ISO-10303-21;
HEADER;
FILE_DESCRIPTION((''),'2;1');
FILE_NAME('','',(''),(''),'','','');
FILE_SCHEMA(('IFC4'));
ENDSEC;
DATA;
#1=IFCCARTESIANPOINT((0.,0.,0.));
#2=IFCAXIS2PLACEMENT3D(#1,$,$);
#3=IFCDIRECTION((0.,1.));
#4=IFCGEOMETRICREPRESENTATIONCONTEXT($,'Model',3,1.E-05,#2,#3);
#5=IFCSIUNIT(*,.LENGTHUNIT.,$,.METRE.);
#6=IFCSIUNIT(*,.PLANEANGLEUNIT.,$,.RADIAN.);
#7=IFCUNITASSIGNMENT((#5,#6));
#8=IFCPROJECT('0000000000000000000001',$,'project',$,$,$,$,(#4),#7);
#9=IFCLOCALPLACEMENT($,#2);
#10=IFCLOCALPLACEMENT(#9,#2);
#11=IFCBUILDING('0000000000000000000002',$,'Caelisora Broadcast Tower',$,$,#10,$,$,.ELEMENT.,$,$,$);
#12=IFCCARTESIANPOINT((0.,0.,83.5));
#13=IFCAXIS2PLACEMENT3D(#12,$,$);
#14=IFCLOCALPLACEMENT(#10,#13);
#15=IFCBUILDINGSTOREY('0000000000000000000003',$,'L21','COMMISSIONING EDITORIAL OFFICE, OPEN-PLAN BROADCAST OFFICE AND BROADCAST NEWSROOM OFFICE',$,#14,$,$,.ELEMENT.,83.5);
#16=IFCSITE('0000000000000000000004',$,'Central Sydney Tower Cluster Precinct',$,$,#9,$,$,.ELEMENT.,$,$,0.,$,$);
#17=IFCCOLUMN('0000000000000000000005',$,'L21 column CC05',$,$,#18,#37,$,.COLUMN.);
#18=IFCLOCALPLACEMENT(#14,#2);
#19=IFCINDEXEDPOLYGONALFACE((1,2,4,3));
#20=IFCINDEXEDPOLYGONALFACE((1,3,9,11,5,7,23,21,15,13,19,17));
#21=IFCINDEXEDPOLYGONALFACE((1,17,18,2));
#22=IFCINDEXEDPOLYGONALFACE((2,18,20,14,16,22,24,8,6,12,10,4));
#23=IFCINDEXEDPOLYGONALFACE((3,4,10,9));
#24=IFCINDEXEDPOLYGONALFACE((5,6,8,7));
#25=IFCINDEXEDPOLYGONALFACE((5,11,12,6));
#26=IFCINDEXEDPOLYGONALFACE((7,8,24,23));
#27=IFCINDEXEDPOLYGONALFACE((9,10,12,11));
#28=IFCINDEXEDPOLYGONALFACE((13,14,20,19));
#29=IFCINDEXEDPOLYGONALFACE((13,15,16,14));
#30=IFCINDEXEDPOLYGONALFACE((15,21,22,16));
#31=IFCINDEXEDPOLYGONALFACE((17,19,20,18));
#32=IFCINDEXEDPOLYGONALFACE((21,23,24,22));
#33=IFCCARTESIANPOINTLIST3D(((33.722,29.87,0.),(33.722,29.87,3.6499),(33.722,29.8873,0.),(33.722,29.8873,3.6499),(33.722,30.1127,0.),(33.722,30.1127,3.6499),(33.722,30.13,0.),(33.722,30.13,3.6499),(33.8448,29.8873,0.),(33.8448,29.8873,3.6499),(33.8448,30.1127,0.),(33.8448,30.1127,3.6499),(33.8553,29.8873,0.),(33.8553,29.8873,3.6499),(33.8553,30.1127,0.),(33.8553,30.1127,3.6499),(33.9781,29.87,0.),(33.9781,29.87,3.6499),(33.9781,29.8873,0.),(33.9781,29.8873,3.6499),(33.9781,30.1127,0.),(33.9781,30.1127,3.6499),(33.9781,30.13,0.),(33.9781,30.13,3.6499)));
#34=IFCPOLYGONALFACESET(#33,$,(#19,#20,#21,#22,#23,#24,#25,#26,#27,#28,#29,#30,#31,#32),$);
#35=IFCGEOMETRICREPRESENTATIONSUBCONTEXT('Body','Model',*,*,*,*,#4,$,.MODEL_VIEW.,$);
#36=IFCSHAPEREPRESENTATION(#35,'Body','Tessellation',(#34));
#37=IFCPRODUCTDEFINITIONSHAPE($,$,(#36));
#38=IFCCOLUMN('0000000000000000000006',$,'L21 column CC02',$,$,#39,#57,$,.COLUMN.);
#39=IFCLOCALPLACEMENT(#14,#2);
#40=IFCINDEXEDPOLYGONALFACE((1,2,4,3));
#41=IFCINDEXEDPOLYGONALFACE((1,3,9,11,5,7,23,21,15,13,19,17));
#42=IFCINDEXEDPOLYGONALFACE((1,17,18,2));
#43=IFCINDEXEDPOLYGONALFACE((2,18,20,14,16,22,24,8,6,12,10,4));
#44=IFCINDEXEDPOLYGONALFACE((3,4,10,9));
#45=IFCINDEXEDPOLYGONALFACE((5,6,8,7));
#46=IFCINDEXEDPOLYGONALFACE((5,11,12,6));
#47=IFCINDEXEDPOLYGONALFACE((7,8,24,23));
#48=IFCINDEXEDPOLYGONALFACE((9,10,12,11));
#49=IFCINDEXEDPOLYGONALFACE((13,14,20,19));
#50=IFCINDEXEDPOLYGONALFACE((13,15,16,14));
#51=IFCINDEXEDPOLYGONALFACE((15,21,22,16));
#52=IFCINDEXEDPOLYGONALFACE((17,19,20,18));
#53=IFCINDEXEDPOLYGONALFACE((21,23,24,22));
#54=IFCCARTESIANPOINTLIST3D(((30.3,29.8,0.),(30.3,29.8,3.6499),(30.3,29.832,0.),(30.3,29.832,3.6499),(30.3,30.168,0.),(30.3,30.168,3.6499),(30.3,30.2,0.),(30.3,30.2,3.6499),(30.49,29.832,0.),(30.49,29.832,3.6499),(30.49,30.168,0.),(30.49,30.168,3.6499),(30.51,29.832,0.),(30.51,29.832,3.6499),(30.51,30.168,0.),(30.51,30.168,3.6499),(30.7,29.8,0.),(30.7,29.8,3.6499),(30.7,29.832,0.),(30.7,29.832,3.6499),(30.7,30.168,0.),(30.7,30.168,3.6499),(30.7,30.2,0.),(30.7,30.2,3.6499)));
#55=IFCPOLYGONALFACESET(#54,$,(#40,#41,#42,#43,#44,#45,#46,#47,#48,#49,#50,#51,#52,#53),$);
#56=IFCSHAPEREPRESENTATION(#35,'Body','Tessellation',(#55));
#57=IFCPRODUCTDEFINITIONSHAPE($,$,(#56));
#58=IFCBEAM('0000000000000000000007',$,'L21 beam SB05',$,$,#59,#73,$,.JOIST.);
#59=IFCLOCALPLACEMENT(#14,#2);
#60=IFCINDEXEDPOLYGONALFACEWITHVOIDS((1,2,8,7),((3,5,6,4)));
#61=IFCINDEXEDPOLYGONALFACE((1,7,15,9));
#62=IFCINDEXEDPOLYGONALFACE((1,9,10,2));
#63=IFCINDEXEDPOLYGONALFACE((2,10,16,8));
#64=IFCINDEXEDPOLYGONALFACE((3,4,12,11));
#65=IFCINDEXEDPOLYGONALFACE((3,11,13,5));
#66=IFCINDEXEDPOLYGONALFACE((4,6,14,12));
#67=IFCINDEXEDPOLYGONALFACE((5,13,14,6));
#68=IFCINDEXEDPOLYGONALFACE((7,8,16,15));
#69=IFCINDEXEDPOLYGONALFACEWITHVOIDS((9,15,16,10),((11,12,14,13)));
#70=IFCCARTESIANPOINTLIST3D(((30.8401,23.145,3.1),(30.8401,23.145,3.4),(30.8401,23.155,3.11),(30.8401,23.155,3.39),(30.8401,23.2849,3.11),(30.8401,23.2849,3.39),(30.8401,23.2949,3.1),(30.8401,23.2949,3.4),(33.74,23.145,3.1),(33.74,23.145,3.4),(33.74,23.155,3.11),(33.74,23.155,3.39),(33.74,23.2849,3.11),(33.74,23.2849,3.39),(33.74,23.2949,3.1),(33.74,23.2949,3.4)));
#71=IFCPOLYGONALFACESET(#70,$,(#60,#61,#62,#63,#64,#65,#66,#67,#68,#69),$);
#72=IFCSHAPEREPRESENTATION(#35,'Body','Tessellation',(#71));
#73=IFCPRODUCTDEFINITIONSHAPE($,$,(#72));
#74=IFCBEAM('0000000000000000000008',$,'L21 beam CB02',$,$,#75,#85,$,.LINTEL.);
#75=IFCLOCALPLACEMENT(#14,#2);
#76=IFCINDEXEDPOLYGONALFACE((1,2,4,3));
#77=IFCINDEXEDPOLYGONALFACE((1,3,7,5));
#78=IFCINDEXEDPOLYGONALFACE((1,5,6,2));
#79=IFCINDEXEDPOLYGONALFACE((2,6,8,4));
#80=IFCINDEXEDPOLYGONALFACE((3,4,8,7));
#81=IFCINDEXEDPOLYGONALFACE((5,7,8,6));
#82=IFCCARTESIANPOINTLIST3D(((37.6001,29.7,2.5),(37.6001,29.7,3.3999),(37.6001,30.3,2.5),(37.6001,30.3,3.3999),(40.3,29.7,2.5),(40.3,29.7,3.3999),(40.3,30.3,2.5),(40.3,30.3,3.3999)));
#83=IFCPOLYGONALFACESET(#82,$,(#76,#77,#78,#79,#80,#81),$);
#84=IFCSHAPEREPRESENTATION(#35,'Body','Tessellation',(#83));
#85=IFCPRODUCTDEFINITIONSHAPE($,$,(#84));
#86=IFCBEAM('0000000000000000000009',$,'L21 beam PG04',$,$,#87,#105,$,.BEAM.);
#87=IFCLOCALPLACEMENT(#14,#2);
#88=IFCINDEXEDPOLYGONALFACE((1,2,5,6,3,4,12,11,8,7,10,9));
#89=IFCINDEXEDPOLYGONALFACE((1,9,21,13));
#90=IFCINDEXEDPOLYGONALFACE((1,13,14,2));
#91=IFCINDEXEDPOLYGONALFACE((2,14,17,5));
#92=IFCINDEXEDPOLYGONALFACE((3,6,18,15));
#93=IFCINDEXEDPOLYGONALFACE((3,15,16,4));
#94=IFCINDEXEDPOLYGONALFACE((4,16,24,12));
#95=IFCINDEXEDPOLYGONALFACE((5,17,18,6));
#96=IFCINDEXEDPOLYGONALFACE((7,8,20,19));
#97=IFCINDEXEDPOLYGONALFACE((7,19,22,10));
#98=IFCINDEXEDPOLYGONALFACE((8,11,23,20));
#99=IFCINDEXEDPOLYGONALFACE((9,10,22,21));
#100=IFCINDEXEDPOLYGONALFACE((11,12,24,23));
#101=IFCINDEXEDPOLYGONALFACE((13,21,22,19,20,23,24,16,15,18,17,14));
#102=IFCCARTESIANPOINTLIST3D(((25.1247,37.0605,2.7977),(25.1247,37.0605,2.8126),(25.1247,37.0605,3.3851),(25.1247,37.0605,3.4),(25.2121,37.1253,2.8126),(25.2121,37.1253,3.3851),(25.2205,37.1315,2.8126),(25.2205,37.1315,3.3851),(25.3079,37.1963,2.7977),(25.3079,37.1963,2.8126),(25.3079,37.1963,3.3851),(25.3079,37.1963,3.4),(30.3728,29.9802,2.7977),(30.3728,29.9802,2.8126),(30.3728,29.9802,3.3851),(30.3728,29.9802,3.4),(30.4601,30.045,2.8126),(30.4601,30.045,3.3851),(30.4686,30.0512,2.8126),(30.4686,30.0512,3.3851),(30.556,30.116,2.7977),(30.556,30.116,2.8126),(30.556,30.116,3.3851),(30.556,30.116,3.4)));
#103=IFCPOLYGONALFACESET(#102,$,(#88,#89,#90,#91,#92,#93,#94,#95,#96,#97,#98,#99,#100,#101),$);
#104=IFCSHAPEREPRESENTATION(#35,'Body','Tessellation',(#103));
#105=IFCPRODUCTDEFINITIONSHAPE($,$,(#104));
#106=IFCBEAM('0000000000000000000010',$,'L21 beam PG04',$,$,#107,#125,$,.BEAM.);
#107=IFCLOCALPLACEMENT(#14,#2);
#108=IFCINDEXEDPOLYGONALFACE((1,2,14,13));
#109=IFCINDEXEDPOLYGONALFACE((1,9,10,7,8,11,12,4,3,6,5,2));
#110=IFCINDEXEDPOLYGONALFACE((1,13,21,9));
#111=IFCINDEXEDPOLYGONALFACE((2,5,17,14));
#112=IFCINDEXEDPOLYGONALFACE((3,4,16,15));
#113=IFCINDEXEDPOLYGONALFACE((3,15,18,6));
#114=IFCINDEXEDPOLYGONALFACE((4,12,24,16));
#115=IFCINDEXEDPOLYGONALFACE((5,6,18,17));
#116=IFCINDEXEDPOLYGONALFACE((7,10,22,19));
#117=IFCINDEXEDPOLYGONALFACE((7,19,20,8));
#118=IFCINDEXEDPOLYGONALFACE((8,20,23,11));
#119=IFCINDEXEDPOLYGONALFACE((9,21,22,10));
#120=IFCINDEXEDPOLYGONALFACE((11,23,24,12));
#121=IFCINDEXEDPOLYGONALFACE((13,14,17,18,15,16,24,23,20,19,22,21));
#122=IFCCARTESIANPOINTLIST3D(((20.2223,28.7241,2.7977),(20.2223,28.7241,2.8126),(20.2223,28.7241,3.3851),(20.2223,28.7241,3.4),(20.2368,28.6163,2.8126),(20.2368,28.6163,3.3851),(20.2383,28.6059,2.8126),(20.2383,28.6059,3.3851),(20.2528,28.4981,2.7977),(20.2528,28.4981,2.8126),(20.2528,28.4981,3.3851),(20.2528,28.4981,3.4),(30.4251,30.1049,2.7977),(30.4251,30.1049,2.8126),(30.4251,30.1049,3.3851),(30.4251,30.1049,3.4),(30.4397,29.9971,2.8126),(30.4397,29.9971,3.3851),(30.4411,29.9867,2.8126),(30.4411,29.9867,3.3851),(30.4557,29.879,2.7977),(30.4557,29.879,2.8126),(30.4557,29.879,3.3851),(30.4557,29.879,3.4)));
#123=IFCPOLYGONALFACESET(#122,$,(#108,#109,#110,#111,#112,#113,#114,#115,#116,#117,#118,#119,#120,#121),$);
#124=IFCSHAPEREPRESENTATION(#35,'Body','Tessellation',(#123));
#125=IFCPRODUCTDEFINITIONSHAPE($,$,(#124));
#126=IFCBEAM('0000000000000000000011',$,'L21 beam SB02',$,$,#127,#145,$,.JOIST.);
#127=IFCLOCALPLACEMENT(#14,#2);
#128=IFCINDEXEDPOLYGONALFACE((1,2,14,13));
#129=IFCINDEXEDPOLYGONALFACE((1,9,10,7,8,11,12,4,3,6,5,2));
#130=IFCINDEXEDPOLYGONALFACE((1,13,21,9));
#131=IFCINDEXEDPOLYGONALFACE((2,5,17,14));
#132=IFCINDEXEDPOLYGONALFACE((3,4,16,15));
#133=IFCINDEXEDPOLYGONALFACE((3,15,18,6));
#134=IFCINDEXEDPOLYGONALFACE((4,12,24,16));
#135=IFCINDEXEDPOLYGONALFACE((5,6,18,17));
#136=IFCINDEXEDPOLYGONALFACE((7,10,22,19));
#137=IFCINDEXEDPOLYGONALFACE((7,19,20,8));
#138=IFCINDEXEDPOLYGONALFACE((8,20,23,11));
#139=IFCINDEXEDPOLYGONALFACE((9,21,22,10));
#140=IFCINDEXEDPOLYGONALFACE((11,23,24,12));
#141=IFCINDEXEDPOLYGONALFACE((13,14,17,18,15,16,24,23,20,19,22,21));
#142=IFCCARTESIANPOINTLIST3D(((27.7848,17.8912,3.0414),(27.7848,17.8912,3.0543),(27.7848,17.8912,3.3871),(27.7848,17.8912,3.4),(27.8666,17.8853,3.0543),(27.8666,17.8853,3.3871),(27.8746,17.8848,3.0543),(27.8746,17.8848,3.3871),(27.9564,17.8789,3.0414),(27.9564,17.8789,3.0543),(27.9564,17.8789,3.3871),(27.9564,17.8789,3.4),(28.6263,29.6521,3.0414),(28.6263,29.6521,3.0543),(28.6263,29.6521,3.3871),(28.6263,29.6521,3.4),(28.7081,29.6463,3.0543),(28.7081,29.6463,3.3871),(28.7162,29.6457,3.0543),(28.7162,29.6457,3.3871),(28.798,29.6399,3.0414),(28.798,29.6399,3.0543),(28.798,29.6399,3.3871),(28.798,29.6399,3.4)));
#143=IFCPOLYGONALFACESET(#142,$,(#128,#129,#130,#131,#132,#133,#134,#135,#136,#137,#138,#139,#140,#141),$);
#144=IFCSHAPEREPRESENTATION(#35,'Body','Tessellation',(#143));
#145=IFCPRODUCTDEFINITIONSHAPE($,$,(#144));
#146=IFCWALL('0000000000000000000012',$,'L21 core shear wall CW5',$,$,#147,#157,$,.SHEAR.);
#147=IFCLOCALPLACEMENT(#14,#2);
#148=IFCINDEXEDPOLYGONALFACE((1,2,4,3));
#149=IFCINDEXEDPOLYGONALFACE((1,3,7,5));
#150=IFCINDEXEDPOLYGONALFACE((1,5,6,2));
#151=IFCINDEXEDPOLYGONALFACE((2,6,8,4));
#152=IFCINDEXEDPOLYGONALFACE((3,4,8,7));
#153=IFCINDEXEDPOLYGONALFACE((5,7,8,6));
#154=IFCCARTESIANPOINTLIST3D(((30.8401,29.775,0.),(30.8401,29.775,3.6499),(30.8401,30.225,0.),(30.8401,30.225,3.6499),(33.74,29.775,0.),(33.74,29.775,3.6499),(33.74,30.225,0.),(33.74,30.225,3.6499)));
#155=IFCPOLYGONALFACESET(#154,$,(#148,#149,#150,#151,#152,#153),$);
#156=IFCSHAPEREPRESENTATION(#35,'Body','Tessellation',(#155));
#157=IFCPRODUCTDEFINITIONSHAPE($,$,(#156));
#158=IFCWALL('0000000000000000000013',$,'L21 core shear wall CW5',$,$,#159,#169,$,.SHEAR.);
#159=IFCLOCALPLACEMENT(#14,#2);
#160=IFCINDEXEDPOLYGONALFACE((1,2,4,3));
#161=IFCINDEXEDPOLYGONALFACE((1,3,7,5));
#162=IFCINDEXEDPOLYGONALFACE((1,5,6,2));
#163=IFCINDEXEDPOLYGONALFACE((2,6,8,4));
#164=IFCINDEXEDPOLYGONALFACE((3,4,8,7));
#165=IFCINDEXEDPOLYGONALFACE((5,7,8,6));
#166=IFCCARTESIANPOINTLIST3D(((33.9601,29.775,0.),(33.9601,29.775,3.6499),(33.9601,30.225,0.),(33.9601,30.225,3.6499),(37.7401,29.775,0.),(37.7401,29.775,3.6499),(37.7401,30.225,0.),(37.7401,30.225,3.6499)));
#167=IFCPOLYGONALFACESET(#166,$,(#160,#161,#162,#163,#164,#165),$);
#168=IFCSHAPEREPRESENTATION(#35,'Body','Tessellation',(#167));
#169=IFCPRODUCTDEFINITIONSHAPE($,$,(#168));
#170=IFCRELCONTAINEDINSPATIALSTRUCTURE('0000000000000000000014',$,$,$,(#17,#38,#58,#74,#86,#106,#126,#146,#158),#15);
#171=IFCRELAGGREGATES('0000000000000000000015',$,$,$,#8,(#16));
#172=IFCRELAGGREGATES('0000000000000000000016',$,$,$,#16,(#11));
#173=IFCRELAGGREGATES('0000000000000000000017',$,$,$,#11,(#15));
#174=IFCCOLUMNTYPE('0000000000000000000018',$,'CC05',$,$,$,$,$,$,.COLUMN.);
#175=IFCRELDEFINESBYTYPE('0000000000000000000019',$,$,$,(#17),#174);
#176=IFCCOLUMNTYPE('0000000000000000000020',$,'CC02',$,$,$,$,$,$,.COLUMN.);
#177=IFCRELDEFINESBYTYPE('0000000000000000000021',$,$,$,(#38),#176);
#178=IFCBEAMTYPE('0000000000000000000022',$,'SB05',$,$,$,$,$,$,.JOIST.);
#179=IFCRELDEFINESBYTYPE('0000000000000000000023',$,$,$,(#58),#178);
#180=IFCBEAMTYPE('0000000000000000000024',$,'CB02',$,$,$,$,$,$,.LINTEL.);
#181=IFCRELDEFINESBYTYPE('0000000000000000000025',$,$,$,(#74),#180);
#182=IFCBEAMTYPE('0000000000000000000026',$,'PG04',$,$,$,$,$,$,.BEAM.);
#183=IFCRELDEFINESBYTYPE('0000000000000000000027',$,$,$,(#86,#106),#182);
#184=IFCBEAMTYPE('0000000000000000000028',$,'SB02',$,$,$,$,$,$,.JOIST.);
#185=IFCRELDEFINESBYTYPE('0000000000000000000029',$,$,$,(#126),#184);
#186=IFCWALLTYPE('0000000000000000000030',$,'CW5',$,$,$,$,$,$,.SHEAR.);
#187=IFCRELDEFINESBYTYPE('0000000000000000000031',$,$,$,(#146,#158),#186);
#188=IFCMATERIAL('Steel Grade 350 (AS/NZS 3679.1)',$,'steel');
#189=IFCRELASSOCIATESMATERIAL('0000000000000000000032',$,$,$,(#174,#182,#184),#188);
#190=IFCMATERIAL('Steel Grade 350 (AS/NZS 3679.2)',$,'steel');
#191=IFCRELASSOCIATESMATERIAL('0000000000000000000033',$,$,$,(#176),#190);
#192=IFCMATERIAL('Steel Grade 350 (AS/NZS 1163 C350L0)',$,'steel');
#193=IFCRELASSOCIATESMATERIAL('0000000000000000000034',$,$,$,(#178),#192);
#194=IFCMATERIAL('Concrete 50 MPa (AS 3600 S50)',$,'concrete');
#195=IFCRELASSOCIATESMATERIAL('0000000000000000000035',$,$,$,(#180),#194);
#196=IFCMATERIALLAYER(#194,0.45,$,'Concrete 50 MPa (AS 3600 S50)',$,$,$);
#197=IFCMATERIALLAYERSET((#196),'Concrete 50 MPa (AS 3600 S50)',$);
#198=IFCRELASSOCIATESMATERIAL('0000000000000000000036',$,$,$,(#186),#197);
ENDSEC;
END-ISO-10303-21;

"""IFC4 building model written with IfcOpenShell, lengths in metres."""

from ifc_helpers import new_model, si_unit, direction, frame, frame_2d, origin, origin_2d, place, context, subcontext, project, spatial, rectangle, hollow_rectangle, i_section, extrude, source, transform, mapped, material, layer, layer_set, material_profile, profile_set, type_object, type_shapes, element, save


model = new_model("IFC4")

# Units and contexts
model_context = context("Model", 3, precision=1e-05, world=origin(), true_north=direction((0.0, 1.0)))
body_context = subcontext(model_context, "Body", "Model", "MODEL_VIEW")
ifc_project = project(units=[si_unit("LENGTHUNIT", "METRE"), si_unit("PLANEANGLEUNIT", "RADIAN")], contexts=[model_context])

# Site, building, storey
site_placement = place(None, origin())
site = spatial("IfcSite", under=ifc_project, at=site_placement, Name="Central Sydney Tower Cluster Precinct", CompositionType="ELEMENT", RefElevation=0.0)
building_placement = place(site_placement, origin())
building = spatial("IfcBuilding", under=site, at=building_placement, Name="Caelisora Broadcast Tower", CompositionType="ELEMENT")
storey_placement = place(building_placement, frame((0.0, 0.0, 83.5)))
storey = spatial("IfcBuildingStorey", under=building, at=storey_placement, Name="L21", Description="COMMISSIONING EDITORIAL OFFICE, OPEN-PLAN BROADCAST OFFICE AND BROADCAST NEWSROOM OFFICE", CompositionType="ELEMENT", Elevation=83.5)

# Columns
ifc_material_1 = material(Name="Steel Grade 350 (AS/NZS 3679.1)", Category="steel")
ifc_material_profile_1 = material_profile(ifc_material_1, i_section(OverallWidth=0.2561, OverallDepth=0.26, WebThickness=0.0105, FlangeThickness=0.0173, at=origin_2d()), Name="Steel Grade 350 (AS/NZS 3679.1)")
ifc_profile_set_1 = profile_set([ifc_material_profile_1], Name="Steel Grade 350 (AS/NZS 3679.1)")
column_type_1 = type_object("IfcColumnType", Name="CC05", PredefinedType="COLUMN", material=ifc_profile_set_1)
shared_shape_1 = source(origin(), body_context, "Body", "SweptSolid", [
    extrude(i_section(OverallWidth=0.2561, OverallDepth=0.26, WebThickness=0.0105, FlangeThickness=0.0173, at=origin_2d()), origin(), (0.0, 0.0, 1.0), 3.6499),
])
type_shapes(column_type_1, [shared_shape_1])
column_1_placement = place(storey_placement, frame((33.8501, 30.0, 0.0), z_axis=(0.0, 0.0, 1.0), x_axis=(1.0, 0.0, 0.0)))
element("IfcColumn", 1, at=column_1_placement, inside=storey, type_object=column_type_1, Name="L21 column CC05", PredefinedType="COLUMN", context=body_context, shape_type="MappedRepresentation", body=[
    mapped(shared_shape_1, transform((0.0, 0.0, 0.0), scale=1.0)),
])
ifc_material_2 = material(Name="Steel Grade 350 (AS/NZS 3679.2)", Category="steel")
ifc_material_profile_2 = material_profile(ifc_material_2, i_section(OverallWidth=0.3999, OverallDepth=0.3999, WebThickness=0.02, FlangeThickness=0.032, at=origin_2d()), Name="Steel Grade 350 (AS/NZS 3679.2)")
ifc_profile_set_2 = profile_set([ifc_material_profile_2], Name="Steel Grade 350 (AS/NZS 3679.2)")
column_type_2 = type_object("IfcColumnType", Name="CC02", PredefinedType="COLUMN", material=ifc_profile_set_2)
shared_shape_2 = source(origin(), body_context, "Body", "SweptSolid", [
    extrude(i_section(OverallWidth=0.3999, OverallDepth=0.3999, WebThickness=0.02, FlangeThickness=0.032, at=origin_2d()), origin(), (0.0, 0.0, 1.0), 3.6499),
])
type_shapes(column_type_2, [shared_shape_2])
column_2_placement = place(storey_placement, frame((30.5, 30.0, 0.0), z_axis=(0.0, 0.0, 1.0), x_axis=(1.0, 0.0, 0.0)))
element("IfcColumn", 2, at=column_2_placement, inside=storey, type_object=column_type_2, Name="L21 column CC02", PredefinedType="COLUMN", context=body_context, shape_type="MappedRepresentation", body=[
    mapped(shared_shape_2, transform((0.0, 0.0, 0.0), scale=1.0)),
])

# Beams
ifc_material_3 = material(Name="Steel Grade 350 (AS/NZS 1163 C350L0)", Category="steel")
ifc_material_profile_3 = material_profile(ifc_material_3, hollow_rectangle(XDim=0.1499, YDim=0.3, WallThickness=0.01, at=origin_2d()), Name="Steel Grade 350 (AS/NZS 1163 C350L0)")
ifc_profile_set_3 = profile_set([ifc_material_profile_3], Name="Steel Grade 350 (AS/NZS 1163 C350L0)")
beam_type_1 = type_object("IfcBeamType", Name="SB05", PredefinedType="JOIST", material=ifc_profile_set_3)
shared_shape_3 = source(origin(), body_context, "Body", "SweptSolid", [
    extrude(hollow_rectangle(XDim=0.1499, YDim=0.3, WallThickness=0.01, at=origin_2d()), origin(), (0.0, 0.0, 1.0), 2.8999),
])
type_shapes(beam_type_1, [shared_shape_3])
beam_1_placement = place(storey_placement, frame((30.8401, 23.22, 3.25), z_axis=(1.0, 0.0, 0.0), x_axis=(0.0, 1.0, 0.0)))
element("IfcBeam", 3, at=beam_1_placement, inside=storey, type_object=beam_type_1, Name="L21 beam SB05", PredefinedType="JOIST", context=body_context, shape_type="MappedRepresentation", body=[
    mapped(shared_shape_3, transform((0.0, 0.0, 0.0), scale=1.0)),
])
ifc_material_4 = material(Name="Concrete 50 MPa (AS 3600 S50)", Category="concrete")
ifc_material_profile_4 = material_profile(ifc_material_4, rectangle(XDim=0.6001, YDim=0.8999, at=origin_2d()), Name="Concrete 50 MPa (AS 3600 S50)")
ifc_profile_set_4 = profile_set([ifc_material_profile_4], Name="Concrete 50 MPa (AS 3600 S50)")
beam_type_2 = type_object("IfcBeamType", Name="CB02", PredefinedType="LINTEL", material=ifc_profile_set_4)
shared_shape_4 = source(origin(), body_context, "Body", "SweptSolid", [
    extrude(rectangle(XDim=0.6001, YDim=0.8999, at=origin_2d()), origin(), (0.0, 0.0, 1.0), 2.7),
])
type_shapes(beam_type_2, [shared_shape_4])
beam_2_placement = place(storey_placement, frame((37.6001, 30.0, 2.95), z_axis=(1.0, 0.0, 0.0), x_axis=(0.0, 1.0, 0.0)))
element("IfcBeam", 4, at=beam_2_placement, inside=storey, type_object=beam_type_2, Name="L21 beam CB02", PredefinedType="LINTEL", context=body_context, shape_type="MappedRepresentation", body=[
    mapped(shared_shape_4, transform((0.0, 0.0, 0.0), scale=1.0)),
])
ifc_material_profile_5 = material_profile(ifc_material_1, i_section(OverallWidth=0.228, OverallDepth=0.6023, WebThickness=0.0105, FlangeThickness=0.0149, at=origin_2d()), Name="Steel Grade 350 (AS/NZS 3679.1)")
ifc_profile_set_5 = profile_set([ifc_material_profile_5], Name="Steel Grade 350 (AS/NZS 3679.1)")
beam_type_3 = type_object("IfcBeamType", Name="PG04", PredefinedType="BEAM", material=ifc_profile_set_5)
shared_shape_5 = source(origin(), body_context, "Body", "SweptSolid", [
    extrude(i_section(OverallWidth=0.228, OverallDepth=0.6023, WebThickness=0.0105, FlangeThickness=0.0149, at=origin_2d()), origin(), (0.0, 0.0, 1.0), 8.8132),
])
beam_3_placement = place(storey_placement, frame((30.4644, 30.0481, 3.0989), z_axis=(-0.595474, 0.803375, 0.0), x_axis=(-0.803375, -0.595474, 0.0)))
element("IfcBeam", 5, at=beam_3_placement, inside=storey, type_object=beam_type_3, Name="L21 beam PG04", PredefinedType="BEAM", context=body_context, shape_type="MappedRepresentation", body=[
    mapped(shared_shape_5, transform((0.0, 0.0, 0.0), scale=1.0)),
])
shared_shape_6 = source(origin(), body_context, "Body", "SweptSolid", [
    extrude(i_section(OverallWidth=0.228, OverallDepth=0.6023, WebThickness=0.0105, FlangeThickness=0.0149, at=origin_2d()), origin(), (0.0, 0.0, 1.0), 10.2959),
])
type_shapes(beam_type_3, [shared_shape_5, shared_shape_6])
beam_4_placement = place(storey_placement, frame((30.4404, 29.9919, 3.0989), z_axis=(-0.990965, -0.134117, 0.0), x_axis=(0.134117, -0.990965, 0.0)))
element("IfcBeam", 6, at=beam_4_placement, inside=storey, type_object=beam_type_3, Name="L21 beam PG04", PredefinedType="BEAM", context=body_context, shape_type="MappedRepresentation", body=[
    mapped(shared_shape_6, transform((0.0, 0.0, 0.0), scale=1.0)),
])
ifc_material_profile_6 = material_profile(ifc_material_1, i_section(OverallWidth=0.1721, OverallDepth=0.3586, WebThickness=0.0081, FlangeThickness=0.0129, at=origin_2d()), Name="Steel Grade 350 (AS/NZS 3679.1)")
ifc_profile_set_6 = profile_set([ifc_material_profile_6], Name="Steel Grade 350 (AS/NZS 3679.1)")
beam_type_4 = type_object("IfcBeamType", Name="SB02", PredefinedType="JOIST", material=ifc_profile_set_6)
shared_shape_7 = source(origin(), body_context, "Body", "SweptSolid", [
    extrude(i_section(OverallWidth=0.1721, OverallDepth=0.3586, WebThickness=0.0081, FlangeThickness=0.0129, at=origin_2d()), origin(), (0.0, 0.0, 1.0), 11.791),
])
type_shapes(beam_type_4, [shared_shape_7])
beam_5_placement = place(storey_placement, frame((28.7122, 29.646, 3.2207), z_axis=(-0.071372, -0.99745, 0.0), x_axis=(0.99745, -0.071372, 0.0)))
element("IfcBeam", 7, at=beam_5_placement, inside=storey, type_object=beam_type_4, Name="L21 beam SB02", PredefinedType="JOIST", context=body_context, shape_type="MappedRepresentation", body=[
    mapped(shared_shape_7, transform((0.0, 0.0, 0.0), scale=1.0)),
])

# Walls
ifc_layer_1 = layer(ifc_material_4, 0.45, Name="Concrete 50 MPa (AS 3600 S50)")
ifc_layer_set_1 = layer_set([ifc_layer_1], Name="Concrete 50 MPa (AS 3600 S50)")
wall_type_1 = type_object("IfcWallType", Name="CW5", PredefinedType="SHEAR", material=ifc_layer_set_1)
wall_1_placement = place(storey_placement, frame((30.8401, 30.0, 0.0), z_axis=(0.0, 0.0, 1.0), x_axis=(1.0, 0.0, 0.0)))
element("IfcWall", 8, at=wall_1_placement, inside=storey, type_object=wall_type_1, Name="L21 core shear wall CW5", PredefinedType="SHEAR", context=body_context, shape_type="SweptSolid", body=[
    extrude(rectangle(XDim=2.8999, YDim=0.45, at=frame_2d((1.45, 0.0))), origin(), (0.0, 0.0, 1.0), 3.6499),
])
wall_2_placement = place(storey_placement, frame((33.96, 30.0, 0.0), z_axis=(0.0, 0.0, 1.0), x_axis=(1.0, 0.0, 0.0)))
element("IfcWall", 9, at=wall_2_placement, inside=storey, type_object=wall_type_1, Name="L21 core shear wall CW5", PredefinedType="SHEAR", context=body_context, shape_type="SweptSolid", body=[
    extrude(rectangle(XDim=3.78, YDim=0.45, at=frame_2d((1.8901, 0.0))), origin(), (0.0, 0.0, 1.0), 3.6499),
])

save(model, "model.ifc")
